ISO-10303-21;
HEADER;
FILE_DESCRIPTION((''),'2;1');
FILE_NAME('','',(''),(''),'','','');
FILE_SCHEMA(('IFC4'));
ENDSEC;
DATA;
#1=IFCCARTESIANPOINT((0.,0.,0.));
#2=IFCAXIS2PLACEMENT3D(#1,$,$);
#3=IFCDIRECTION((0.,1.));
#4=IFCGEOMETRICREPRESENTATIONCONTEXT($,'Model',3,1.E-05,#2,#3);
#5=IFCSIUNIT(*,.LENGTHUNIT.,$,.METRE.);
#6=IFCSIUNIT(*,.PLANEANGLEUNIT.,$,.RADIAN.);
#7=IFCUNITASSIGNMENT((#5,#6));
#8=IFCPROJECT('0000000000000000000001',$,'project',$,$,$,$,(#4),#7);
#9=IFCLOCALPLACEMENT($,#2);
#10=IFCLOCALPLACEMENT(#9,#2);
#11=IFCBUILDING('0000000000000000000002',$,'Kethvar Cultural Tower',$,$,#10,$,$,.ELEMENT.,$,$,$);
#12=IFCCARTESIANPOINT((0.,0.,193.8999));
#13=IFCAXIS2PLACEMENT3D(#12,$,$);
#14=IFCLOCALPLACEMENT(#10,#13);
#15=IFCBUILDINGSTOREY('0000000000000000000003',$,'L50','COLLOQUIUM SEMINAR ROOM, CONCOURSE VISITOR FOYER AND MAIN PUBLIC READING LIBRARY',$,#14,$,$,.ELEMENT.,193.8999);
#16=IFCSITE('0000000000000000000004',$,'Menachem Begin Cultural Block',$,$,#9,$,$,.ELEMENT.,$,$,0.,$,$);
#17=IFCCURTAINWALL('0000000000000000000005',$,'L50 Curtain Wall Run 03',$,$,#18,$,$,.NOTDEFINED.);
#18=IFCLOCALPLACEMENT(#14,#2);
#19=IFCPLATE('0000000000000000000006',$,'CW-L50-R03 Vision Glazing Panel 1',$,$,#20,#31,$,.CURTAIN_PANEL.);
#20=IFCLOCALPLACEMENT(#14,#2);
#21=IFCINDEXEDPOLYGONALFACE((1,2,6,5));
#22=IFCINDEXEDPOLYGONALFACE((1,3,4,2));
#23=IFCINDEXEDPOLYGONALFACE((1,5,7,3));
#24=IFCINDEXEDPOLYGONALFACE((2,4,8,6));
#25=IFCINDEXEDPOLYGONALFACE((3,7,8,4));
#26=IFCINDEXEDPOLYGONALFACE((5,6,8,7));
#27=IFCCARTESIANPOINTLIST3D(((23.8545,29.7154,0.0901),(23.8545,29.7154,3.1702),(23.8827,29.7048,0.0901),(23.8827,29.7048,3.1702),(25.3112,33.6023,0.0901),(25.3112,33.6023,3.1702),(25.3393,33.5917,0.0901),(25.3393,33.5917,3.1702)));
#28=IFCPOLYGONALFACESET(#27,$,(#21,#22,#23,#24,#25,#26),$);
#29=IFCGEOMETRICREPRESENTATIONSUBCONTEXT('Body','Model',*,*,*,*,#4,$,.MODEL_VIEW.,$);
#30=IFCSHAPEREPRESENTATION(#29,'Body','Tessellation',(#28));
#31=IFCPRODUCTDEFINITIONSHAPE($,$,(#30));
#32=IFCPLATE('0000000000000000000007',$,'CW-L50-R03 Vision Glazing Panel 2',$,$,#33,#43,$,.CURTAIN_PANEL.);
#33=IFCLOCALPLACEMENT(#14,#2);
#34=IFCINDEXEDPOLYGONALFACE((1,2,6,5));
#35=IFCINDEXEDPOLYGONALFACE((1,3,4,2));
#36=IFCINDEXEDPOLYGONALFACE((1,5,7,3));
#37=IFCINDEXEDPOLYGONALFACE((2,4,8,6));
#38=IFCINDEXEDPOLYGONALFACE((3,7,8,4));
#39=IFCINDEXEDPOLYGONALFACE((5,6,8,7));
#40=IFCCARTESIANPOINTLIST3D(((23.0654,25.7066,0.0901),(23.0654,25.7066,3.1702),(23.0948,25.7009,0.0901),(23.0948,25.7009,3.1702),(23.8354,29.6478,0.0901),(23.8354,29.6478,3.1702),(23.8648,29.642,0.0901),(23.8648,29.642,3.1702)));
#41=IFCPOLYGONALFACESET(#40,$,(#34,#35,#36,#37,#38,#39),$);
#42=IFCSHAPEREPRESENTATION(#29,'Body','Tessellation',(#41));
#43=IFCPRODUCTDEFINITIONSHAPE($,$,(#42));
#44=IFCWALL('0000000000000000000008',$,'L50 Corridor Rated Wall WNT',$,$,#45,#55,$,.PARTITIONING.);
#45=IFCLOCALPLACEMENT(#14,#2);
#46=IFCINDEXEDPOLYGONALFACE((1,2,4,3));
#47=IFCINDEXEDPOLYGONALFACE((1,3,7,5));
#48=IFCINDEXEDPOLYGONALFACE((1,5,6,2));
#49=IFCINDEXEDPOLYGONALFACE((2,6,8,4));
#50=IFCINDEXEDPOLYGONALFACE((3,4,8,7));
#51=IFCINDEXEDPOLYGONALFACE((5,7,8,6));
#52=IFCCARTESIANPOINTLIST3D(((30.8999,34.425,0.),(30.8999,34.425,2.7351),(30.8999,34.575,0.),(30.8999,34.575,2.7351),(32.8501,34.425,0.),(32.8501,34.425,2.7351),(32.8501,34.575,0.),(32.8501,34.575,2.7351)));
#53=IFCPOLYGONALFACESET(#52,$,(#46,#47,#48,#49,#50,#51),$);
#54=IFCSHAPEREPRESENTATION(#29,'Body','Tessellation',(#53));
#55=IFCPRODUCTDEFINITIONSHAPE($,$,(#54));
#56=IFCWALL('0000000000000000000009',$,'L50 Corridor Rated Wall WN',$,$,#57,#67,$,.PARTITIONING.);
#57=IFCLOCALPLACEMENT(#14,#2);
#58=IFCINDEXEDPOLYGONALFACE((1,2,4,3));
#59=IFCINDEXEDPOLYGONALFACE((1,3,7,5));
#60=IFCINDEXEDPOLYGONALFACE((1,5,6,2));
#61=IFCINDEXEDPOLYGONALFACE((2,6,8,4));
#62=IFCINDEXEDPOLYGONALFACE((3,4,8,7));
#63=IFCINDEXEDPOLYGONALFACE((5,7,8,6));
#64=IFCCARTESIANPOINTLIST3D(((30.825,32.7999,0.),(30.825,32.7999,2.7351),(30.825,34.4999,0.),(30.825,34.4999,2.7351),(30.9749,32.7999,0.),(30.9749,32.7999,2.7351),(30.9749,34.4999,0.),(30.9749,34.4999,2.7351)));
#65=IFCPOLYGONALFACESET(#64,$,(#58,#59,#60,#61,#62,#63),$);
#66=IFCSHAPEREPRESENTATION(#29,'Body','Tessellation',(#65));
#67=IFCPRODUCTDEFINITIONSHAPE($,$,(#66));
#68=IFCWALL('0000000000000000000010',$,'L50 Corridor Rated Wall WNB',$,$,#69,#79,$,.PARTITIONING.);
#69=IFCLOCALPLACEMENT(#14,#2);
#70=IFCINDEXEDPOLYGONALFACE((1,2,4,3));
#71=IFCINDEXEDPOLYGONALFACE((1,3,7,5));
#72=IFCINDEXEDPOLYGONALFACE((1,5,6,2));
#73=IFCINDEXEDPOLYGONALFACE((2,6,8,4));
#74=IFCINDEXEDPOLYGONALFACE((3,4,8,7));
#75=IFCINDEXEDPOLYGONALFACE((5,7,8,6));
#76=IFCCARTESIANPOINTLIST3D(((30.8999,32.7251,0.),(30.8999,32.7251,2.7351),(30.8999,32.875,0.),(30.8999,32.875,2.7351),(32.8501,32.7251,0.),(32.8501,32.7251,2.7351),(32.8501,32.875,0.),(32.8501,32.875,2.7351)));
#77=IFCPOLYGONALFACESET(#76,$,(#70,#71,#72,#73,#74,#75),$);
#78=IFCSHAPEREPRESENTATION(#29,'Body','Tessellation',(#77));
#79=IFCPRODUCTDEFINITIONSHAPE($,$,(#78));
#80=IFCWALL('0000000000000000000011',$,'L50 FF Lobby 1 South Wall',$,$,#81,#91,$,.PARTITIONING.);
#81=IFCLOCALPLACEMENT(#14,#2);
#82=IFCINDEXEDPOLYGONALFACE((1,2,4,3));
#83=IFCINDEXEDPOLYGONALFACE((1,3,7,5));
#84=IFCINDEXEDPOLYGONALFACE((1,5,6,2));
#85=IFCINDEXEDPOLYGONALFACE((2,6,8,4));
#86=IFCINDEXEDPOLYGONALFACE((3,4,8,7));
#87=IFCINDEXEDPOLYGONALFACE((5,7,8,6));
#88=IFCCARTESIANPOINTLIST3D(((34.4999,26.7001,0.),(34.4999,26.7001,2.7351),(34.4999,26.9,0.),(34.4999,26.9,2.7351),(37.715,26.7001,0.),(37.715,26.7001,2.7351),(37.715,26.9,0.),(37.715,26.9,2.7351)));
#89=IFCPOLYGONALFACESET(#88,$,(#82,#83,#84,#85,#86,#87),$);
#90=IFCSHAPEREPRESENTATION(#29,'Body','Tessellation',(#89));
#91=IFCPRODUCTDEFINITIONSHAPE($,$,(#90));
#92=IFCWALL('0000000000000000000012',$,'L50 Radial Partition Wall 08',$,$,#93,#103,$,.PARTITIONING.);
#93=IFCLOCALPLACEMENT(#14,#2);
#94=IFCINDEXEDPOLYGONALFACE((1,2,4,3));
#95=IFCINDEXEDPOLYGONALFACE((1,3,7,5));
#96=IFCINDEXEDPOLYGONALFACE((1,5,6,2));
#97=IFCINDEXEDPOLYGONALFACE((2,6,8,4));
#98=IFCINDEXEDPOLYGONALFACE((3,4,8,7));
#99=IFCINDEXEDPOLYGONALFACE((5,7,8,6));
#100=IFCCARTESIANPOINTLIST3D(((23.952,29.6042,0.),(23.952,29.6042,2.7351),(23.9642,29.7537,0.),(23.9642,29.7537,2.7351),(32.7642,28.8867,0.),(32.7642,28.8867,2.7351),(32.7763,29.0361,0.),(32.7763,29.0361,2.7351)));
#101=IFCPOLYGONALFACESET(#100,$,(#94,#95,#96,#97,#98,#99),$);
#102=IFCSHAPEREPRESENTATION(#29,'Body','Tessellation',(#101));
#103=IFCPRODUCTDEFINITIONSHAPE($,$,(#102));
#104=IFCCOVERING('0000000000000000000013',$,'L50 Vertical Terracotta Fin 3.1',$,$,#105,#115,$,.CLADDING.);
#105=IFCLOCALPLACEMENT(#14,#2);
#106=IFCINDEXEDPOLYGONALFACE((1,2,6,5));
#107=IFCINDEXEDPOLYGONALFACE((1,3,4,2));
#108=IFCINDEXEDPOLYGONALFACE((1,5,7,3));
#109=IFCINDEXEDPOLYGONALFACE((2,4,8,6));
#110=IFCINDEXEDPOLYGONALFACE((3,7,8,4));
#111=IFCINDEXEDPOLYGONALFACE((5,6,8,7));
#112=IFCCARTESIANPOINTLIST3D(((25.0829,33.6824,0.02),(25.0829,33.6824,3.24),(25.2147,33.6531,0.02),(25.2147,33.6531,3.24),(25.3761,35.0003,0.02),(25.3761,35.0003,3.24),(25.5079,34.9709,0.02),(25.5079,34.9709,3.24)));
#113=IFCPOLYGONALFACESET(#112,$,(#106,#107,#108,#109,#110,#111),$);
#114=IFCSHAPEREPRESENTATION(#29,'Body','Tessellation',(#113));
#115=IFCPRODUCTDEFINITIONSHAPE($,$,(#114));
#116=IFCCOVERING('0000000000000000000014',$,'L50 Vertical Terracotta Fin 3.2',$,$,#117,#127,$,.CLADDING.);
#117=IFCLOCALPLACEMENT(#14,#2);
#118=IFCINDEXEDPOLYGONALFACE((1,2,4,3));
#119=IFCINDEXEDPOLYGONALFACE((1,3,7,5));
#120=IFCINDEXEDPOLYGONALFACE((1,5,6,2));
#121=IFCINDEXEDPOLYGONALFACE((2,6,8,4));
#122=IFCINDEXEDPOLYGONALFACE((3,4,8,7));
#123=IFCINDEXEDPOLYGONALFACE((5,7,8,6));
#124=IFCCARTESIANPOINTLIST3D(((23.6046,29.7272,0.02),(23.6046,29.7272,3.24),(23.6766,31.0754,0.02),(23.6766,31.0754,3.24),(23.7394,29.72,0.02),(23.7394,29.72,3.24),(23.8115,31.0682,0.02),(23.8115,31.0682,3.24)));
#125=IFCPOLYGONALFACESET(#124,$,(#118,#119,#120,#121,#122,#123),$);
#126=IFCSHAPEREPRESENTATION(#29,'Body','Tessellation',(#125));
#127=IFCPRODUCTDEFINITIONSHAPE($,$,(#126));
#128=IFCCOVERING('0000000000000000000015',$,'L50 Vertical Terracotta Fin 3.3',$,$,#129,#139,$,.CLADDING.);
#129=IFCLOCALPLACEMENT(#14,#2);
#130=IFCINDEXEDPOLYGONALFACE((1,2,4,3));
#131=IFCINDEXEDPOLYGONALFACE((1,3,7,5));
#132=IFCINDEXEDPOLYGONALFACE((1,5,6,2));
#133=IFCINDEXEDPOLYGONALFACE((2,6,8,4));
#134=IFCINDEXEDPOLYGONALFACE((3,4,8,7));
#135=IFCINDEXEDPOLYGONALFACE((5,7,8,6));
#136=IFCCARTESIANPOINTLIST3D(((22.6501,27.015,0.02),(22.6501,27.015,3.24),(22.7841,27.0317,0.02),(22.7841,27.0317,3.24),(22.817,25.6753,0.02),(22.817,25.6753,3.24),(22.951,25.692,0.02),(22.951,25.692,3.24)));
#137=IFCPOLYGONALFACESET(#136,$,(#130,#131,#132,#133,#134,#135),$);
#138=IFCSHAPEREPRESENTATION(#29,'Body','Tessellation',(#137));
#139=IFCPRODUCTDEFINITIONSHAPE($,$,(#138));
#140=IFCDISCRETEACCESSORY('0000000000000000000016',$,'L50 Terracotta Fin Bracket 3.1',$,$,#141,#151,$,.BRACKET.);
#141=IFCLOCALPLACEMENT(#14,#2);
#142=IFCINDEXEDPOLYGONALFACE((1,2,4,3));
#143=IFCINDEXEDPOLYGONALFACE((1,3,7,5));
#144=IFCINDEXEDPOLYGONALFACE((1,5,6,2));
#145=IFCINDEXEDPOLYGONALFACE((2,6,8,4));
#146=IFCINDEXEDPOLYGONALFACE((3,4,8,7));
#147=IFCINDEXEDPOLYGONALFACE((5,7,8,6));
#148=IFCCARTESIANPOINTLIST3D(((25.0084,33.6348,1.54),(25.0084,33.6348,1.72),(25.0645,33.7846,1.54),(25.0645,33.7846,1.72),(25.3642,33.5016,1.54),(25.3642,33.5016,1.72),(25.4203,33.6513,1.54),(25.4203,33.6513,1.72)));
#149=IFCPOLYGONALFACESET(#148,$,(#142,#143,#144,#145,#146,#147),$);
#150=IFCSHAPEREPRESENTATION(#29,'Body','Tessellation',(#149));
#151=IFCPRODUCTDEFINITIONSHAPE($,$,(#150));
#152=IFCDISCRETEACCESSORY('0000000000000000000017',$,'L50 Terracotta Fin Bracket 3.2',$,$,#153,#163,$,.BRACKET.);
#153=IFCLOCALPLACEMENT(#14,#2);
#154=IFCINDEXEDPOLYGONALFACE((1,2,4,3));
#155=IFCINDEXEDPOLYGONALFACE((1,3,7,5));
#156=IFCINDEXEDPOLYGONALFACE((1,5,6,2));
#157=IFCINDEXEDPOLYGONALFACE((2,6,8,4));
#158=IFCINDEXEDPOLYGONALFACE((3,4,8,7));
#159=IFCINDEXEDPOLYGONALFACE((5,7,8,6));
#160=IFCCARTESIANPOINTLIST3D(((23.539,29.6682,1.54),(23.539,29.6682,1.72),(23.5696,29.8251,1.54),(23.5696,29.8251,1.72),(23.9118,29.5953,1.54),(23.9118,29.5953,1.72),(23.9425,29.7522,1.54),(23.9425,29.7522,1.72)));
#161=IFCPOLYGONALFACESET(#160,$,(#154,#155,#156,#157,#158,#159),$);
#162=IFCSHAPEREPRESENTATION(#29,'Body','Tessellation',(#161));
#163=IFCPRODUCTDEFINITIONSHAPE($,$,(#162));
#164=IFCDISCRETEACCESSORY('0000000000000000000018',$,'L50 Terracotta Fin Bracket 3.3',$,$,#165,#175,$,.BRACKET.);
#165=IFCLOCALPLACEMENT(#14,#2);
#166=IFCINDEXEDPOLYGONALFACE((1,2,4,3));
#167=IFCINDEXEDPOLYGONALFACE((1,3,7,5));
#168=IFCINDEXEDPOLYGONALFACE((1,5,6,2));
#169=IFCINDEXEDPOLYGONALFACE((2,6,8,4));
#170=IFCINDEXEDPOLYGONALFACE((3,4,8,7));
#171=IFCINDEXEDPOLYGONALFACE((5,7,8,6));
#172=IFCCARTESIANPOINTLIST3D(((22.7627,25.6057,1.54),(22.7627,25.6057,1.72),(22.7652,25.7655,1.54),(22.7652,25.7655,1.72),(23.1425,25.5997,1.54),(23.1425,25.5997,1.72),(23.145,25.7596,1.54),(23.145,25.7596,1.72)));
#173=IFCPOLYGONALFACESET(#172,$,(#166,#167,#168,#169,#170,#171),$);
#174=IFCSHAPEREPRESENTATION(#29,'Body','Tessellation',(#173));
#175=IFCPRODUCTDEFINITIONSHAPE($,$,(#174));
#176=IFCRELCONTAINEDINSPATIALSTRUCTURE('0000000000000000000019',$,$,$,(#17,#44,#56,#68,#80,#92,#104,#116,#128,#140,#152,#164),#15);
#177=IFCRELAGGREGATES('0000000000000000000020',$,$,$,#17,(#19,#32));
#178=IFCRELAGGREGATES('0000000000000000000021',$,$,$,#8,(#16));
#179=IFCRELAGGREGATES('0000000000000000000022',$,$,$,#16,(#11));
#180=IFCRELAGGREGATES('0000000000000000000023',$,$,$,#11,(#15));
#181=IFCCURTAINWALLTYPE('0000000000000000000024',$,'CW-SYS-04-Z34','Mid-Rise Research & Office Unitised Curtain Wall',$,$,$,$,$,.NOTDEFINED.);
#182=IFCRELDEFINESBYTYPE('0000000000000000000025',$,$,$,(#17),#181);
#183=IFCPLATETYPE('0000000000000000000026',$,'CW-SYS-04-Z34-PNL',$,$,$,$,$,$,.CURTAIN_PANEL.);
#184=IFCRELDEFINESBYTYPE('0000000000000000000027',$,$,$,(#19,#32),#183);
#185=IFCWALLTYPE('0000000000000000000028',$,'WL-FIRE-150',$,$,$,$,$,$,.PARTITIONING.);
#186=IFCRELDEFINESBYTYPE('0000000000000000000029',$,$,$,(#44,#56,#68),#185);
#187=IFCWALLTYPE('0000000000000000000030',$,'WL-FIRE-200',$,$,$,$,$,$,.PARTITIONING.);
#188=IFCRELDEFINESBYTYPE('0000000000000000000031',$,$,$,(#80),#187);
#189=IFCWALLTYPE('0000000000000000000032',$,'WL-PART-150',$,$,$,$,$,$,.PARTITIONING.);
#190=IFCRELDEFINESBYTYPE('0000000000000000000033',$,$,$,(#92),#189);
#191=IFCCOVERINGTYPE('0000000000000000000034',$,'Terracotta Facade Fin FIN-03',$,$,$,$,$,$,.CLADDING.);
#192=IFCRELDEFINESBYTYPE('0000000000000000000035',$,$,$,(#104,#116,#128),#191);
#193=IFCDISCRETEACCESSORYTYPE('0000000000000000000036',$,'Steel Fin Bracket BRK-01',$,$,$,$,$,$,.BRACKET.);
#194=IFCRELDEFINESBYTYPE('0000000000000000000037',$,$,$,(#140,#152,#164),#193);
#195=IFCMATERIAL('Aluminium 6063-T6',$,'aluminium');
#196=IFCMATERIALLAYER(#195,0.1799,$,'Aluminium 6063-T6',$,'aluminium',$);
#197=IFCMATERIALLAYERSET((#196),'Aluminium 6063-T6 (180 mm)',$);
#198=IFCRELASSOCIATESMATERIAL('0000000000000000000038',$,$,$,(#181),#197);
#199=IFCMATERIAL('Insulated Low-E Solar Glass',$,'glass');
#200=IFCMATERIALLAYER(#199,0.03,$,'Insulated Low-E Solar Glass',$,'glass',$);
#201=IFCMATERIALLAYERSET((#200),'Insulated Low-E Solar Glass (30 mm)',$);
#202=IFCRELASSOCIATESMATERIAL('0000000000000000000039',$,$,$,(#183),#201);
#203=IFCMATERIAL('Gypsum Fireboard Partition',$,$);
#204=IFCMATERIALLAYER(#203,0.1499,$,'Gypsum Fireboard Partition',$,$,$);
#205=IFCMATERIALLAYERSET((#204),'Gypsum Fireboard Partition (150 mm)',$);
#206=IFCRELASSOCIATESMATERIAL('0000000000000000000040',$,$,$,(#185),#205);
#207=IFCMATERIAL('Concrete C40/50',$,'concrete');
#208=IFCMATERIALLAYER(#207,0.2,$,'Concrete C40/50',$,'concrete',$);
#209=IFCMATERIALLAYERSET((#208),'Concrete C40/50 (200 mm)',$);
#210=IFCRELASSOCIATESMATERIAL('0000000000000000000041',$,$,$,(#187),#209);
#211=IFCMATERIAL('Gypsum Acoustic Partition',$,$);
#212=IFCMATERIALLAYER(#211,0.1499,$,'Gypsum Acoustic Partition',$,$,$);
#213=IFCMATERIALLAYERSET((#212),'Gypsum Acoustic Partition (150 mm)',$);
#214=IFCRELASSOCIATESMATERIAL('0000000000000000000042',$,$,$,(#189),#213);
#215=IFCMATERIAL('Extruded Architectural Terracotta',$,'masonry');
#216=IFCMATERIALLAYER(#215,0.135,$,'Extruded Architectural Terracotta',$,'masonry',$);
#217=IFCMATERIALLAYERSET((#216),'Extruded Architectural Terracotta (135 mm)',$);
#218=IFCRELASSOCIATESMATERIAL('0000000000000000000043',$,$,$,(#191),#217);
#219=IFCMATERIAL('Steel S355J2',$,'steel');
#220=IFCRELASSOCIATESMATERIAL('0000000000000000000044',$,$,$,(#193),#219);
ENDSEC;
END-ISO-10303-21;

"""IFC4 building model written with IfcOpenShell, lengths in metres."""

from ifc_helpers import new_model, si_unit, direction, frame, frame_2d, origin, origin_2d, place, context, subcontext, project, spatial, rectangle, extrude, source, transform, mapped, material, layer, layer_set, type_object, element, aggregate, save


model = new_model("IFC4")

# Units and contexts
model_context = context("Model", 3, precision=1e-05, world=origin(), true_north=direction((0.0, 1.0)))
body_context = subcontext(model_context, "Body", "Model", "MODEL_VIEW")
ifc_project = project(units=[si_unit("LENGTHUNIT", "METRE"), si_unit("PLANEANGLEUNIT", "RADIAN")], contexts=[model_context])

# Site, building, storey
site_placement = place(None, origin())
site = spatial("IfcSite", under=ifc_project, at=site_placement, Name="Menachem Begin Cultural Block", CompositionType="ELEMENT", RefElevation=0.0)
building_placement = place(site_placement, origin())
building = spatial("IfcBuilding", under=site, at=building_placement, Name="Kethvar Cultural Tower", CompositionType="ELEMENT")
storey_placement = place(building_placement, frame((0.0, 0.0, 193.8999)))
storey = spatial("IfcBuildingStorey", under=building, at=storey_placement, Name="L50", Description="COLLOQUIUM SEMINAR ROOM, CONCOURSE VISITOR FOYER AND MAIN PUBLIC READING LIBRARY", CompositionType="ELEMENT", Elevation=193.8999)

# Shared definitions
ifc_material_1 = material(Name="Steel S355J2", Category="steel")

# Shared definitions
ifc_material_2 = material(Name="Aluminium 6063-T6", Category="aluminium")
ifc_layer_1 = layer(ifc_material_2, 0.1799, Name="Aluminium 6063-T6", Category="aluminium")
ifc_layer_set_1 = layer_set([ifc_layer_1], Name="Aluminium 6063-T6 (180 mm)")
curtain_wall_type = type_object("IfcCurtainWallType", Name="CW-SYS-04-Z34", Description="Mid-Rise Research & Office Unitised Curtain Wall", PredefinedType="NOTDEFINED", material=ifc_layer_set_1)

# Curtain wall, plates
curtain_wall_1_placement = place(storey_placement, origin())
curtain_wall_1 = element("IfcCurtainWall", 1, at=curtain_wall_1_placement, inside=storey, type_object=curtain_wall_type, Name="L50 Curtain Wall Run 03", PredefinedType="NOTDEFINED")
ifc_material_3 = material(Name="Insulated Low-E Solar Glass", Category="glass")
ifc_layer_2 = layer(ifc_material_3, 0.03, Name="Insulated Low-E Solar Glass", Category="glass")
ifc_layer_set_2 = layer_set([ifc_layer_2], Name="Insulated Low-E Solar Glass (30 mm)")
plate_type = type_object("IfcPlateType", Name="CW-SYS-04-Z34-PNL", PredefinedType="CURTAIN_PANEL", material=ifc_layer_set_2)
shared_shape_1 = source(origin(), body_context, "Body", "SweptSolid", [
    extrude(rectangle(XDim=4.1509, YDim=0.03, at=origin_2d()), origin(), (0.0, 0.0, 1.0), 3.0801),
])
plate_1_placement = place(storey_placement, frame((24.5969, 31.6536, 0.0901), z_axis=(0.0, 0.0, 1.0), x_axis=(-0.350927, -0.936403, 0.0)))
plate_1 = element("IfcPlate", 2, at=plate_1_placement, type_object=plate_type, Name="CW-L50-R03 Vision Glazing Panel 1", PredefinedType="CURTAIN_PANEL", context=body_context, shape_type="MappedRepresentation", body=[
    mapped(shared_shape_1, transform((0.0, 0.0, 0.0), scale=1.0)),
])
shared_shape_2 = source(origin(), body_context, "Body", "SweptSolid", [
    extrude(rectangle(XDim=4.0156, YDim=0.03, at=origin_2d()), origin(), (0.0, 0.0, 1.0), 3.0801),
])
plate_2_placement = place(storey_placement, frame((23.4651, 27.6743, 0.0901), z_axis=(0.0, 0.0, 1.0), x_axis=(-0.191751, -0.981444, 0.0)))
plate_2 = element("IfcPlate", 3, at=plate_2_placement, type_object=plate_type, Name="CW-L50-R03 Vision Glazing Panel 2", PredefinedType="CURTAIN_PANEL", context=body_context, shape_type="MappedRepresentation", body=[
    mapped(shared_shape_2, transform((0.0, 0.0, 0.0), scale=1.0)),
])
aggregate(curtain_wall_1, [plate_1, plate_2])

# Walls
ifc_material_4 = material(Name="Gypsum Fireboard Partition")
ifc_layer_3 = layer(ifc_material_4, 0.1499, Name="Gypsum Fireboard Partition")
ifc_layer_set_3 = layer_set([ifc_layer_3], Name="Gypsum Fireboard Partition (150 mm)")
wall_type_1 = type_object("IfcWallType", Name="WL-FIRE-150", PredefinedType="PARTITIONING", material=ifc_layer_set_3)
wall_1_placement = place(storey_placement, frame((32.8501, 34.5, 0.0), z_axis=(0.0, 0.0, 1.0), x_axis=(-1.0, 0.0, 0.0)))
element("IfcWall", 4, at=wall_1_placement, inside=storey, type_object=wall_type_1, Name="L50 Corridor Rated Wall WNT", PredefinedType="PARTITIONING", context=body_context, shape_type="SweptSolid", body=[
    extrude(rectangle(XDim=1.9502, YDim=0.1499, at=frame_2d((0.9751, 0.0))), origin(), (0.0, 0.0, 1.0), 2.7351),
])
wall_2_placement = place(storey_placement, frame((30.8999, 34.5, 0.0), z_axis=(0.0, 0.0, 1.0), x_axis=(0.0, -1.0, 0.0)))
element("IfcWall", 5, at=wall_2_placement, inside=storey, type_object=wall_type_1, Name="L50 Corridor Rated Wall WN", PredefinedType="PARTITIONING", context=body_context, shape_type="SweptSolid", body=[
    extrude(rectangle(XDim=1.7, YDim=0.1499, at=frame_2d((0.8501, 0.0))), origin(), (0.0, 0.0, 1.0), 2.7351),
])
wall_3_placement = place(storey_placement, frame((30.8999, 32.8, 0.0), z_axis=(0.0, 0.0, 1.0), x_axis=(1.0, 0.0, 0.0)))
element("IfcWall", 6, at=wall_3_placement, inside=storey, type_object=wall_type_1, Name="L50 Corridor Rated Wall WNB", PredefinedType="PARTITIONING", context=body_context, shape_type="SweptSolid", body=[
    extrude(rectangle(XDim=1.9502, YDim=0.1499, at=frame_2d((0.9751, 0.0))), origin(), (0.0, 0.0, 1.0), 2.7351),
])

# Shared definitions
ifc_material_5 = material(Name="Concrete C40/50", Category="concrete")
ifc_layer_4 = layer(ifc_material_5, 0.2, Name="Concrete C40/50", Category="concrete")
ifc_layer_set_4 = layer_set([ifc_layer_4], Name="Concrete C40/50 (200 mm)")
wall_type_2 = type_object("IfcWallType", Name="WL-FIRE-200", PredefinedType="PARTITIONING", material=ifc_layer_set_4)

# Walls
wall_4_placement = place(storey_placement, frame((34.5, 26.8, 0.0), z_axis=(0.0, 0.0, 1.0), x_axis=(1.0, 0.0, 0.0)))
element("IfcWall", 7, at=wall_4_placement, inside=storey, type_object=wall_type_2, Name="L50 FF Lobby 1 South Wall", PredefinedType="PARTITIONING", context=body_context, shape_type="SweptSolid", body=[
    extrude(rectangle(XDim=3.2151, YDim=0.2, at=frame_2d((1.6074, 0.0))), origin(), (0.0, 0.0, 1.0), 2.7351),
])
ifc_material_6 = material(Name="Gypsum Acoustic Partition")
ifc_layer_5 = layer(ifc_material_6, 0.1499, Name="Gypsum Acoustic Partition")
ifc_layer_set_5 = layer_set([ifc_layer_5], Name="Gypsum Acoustic Partition (150 mm)")
wall_type_3 = type_object("IfcWallType", Name="WL-PART-150", PredefinedType="PARTITIONING", material=ifc_layer_set_5)
wall_5_placement = place(storey_placement, frame((32.7703, 28.9614, 0.0), z_axis=(0.0, 0.0, 1.0), x_axis=(-0.996701, 0.081155, 0.0)))
element("IfcWall", 8, at=wall_5_placement, inside=storey, type_object=wall_type_3, Name="L50 Radial Partition Wall 08", PredefinedType="PARTITIONING", context=body_context, shape_type="SweptSolid", body=[
    extrude(rectangle(XDim=8.8413, YDim=0.1499, at=frame_2d((4.4207, 0.0))), origin(), (0.0, 0.0, 1.0), 2.7351),
])

# Coverings
ifc_material_7 = material(Name="Extruded Architectural Terracotta", Category="masonry")
ifc_layer_6 = layer(ifc_material_7, 0.135, Name="Extruded Architectural Terracotta", Category="masonry")
ifc_layer_set_6 = layer_set([ifc_layer_6], Name="Extruded Architectural Terracotta (135 mm)")
covering_type = type_object("IfcCoveringType", Name="Terracotta Facade Fin FIN-03", PredefinedType="CLADDING", material=ifc_layer_set_6)
shared_shape_3 = source(origin(), body_context, "Body", "SweptSolid", [
    extrude(rectangle(XDim=1.3501, YDim=0.135, at=origin_2d()), origin(), (0.0, 0.0, 1.0), 3.22),
])
for number, where, z_axis, x_axis, name in (
    (9, (25.2954, 34.3267, 0.02), (0.0, 0.0, 1.0), (0.217121, 0.976145, 0.0), "L50 Vertical Terracotta Fin 3.1"),
    (10, (23.708, 30.3977, 0.02), (0.0, 0.0, 1.0), (0.053382, 0.998574, 0.0), "L50 Vertical Terracotta Fin 3.2"),
    (11, (22.8005, 26.3535, 0.02), (0.0, 0.0, 1.0), (-0.123601, 0.992332, 0.0), "L50 Vertical Terracotta Fin 3.3"),
):
    element("IfcCovering", number, at=place(storey_placement, frame(where, z_axis=z_axis, x_axis=x_axis)), inside=storey, type_object=covering_type, Name=name, PredefinedType="CLADDING", context=body_context, shape_type="MappedRepresentation", body=[
        mapped(shared_shape_3, transform((0.0, 0.0, 0.0), scale=1.0)),
    ])

# Discrete accessories
discrete_accessory_type = type_object("IfcDiscreteAccessoryType", Name="Steel Fin Bracket BRK-01", PredefinedType="BRACKET", material=ifc_material_1)
shared_shape_4 = source(origin(), body_context, "Body", "SweptSolid", [
    extrude(rectangle(XDim=0.3799, YDim=0.1599, at=origin_2d()), origin(), (0.0, 0.0, 1.0), 0.1799),
])
for number, where, z_axis, x_axis, name in (
    (12, (25.2144, 33.6431, 1.54), (0.0, 0.0, 1.0), (-0.936427, 0.350861, 0.0), "L50 Terracotta Fin Bracket 3.1"),
    (13, (23.7407, 29.7102, 1.54), (0.0, 0.0, 1.0), (-0.981427, 0.191837, 0.0), "L50 Terracotta Fin Bracket 3.2"),
    (14, (22.9539, 25.6826, 1.54), (0.0, 0.0, 1.0), (-0.999877, 0.015707, 0.0), "L50 Terracotta Fin Bracket 3.3"),
):
    element("IfcDiscreteAccessory", number, at=place(storey_placement, frame(where, z_axis=z_axis, x_axis=x_axis)), inside=storey, type_object=discrete_accessory_type, Name=name, PredefinedType="BRACKET", context=body_context, shape_type="MappedRepresentation", body=[
        mapped(shared_shape_4, transform((0.0, 0.0, 0.0), scale=1.0)),
    ])

save(model, "model.ifc")
